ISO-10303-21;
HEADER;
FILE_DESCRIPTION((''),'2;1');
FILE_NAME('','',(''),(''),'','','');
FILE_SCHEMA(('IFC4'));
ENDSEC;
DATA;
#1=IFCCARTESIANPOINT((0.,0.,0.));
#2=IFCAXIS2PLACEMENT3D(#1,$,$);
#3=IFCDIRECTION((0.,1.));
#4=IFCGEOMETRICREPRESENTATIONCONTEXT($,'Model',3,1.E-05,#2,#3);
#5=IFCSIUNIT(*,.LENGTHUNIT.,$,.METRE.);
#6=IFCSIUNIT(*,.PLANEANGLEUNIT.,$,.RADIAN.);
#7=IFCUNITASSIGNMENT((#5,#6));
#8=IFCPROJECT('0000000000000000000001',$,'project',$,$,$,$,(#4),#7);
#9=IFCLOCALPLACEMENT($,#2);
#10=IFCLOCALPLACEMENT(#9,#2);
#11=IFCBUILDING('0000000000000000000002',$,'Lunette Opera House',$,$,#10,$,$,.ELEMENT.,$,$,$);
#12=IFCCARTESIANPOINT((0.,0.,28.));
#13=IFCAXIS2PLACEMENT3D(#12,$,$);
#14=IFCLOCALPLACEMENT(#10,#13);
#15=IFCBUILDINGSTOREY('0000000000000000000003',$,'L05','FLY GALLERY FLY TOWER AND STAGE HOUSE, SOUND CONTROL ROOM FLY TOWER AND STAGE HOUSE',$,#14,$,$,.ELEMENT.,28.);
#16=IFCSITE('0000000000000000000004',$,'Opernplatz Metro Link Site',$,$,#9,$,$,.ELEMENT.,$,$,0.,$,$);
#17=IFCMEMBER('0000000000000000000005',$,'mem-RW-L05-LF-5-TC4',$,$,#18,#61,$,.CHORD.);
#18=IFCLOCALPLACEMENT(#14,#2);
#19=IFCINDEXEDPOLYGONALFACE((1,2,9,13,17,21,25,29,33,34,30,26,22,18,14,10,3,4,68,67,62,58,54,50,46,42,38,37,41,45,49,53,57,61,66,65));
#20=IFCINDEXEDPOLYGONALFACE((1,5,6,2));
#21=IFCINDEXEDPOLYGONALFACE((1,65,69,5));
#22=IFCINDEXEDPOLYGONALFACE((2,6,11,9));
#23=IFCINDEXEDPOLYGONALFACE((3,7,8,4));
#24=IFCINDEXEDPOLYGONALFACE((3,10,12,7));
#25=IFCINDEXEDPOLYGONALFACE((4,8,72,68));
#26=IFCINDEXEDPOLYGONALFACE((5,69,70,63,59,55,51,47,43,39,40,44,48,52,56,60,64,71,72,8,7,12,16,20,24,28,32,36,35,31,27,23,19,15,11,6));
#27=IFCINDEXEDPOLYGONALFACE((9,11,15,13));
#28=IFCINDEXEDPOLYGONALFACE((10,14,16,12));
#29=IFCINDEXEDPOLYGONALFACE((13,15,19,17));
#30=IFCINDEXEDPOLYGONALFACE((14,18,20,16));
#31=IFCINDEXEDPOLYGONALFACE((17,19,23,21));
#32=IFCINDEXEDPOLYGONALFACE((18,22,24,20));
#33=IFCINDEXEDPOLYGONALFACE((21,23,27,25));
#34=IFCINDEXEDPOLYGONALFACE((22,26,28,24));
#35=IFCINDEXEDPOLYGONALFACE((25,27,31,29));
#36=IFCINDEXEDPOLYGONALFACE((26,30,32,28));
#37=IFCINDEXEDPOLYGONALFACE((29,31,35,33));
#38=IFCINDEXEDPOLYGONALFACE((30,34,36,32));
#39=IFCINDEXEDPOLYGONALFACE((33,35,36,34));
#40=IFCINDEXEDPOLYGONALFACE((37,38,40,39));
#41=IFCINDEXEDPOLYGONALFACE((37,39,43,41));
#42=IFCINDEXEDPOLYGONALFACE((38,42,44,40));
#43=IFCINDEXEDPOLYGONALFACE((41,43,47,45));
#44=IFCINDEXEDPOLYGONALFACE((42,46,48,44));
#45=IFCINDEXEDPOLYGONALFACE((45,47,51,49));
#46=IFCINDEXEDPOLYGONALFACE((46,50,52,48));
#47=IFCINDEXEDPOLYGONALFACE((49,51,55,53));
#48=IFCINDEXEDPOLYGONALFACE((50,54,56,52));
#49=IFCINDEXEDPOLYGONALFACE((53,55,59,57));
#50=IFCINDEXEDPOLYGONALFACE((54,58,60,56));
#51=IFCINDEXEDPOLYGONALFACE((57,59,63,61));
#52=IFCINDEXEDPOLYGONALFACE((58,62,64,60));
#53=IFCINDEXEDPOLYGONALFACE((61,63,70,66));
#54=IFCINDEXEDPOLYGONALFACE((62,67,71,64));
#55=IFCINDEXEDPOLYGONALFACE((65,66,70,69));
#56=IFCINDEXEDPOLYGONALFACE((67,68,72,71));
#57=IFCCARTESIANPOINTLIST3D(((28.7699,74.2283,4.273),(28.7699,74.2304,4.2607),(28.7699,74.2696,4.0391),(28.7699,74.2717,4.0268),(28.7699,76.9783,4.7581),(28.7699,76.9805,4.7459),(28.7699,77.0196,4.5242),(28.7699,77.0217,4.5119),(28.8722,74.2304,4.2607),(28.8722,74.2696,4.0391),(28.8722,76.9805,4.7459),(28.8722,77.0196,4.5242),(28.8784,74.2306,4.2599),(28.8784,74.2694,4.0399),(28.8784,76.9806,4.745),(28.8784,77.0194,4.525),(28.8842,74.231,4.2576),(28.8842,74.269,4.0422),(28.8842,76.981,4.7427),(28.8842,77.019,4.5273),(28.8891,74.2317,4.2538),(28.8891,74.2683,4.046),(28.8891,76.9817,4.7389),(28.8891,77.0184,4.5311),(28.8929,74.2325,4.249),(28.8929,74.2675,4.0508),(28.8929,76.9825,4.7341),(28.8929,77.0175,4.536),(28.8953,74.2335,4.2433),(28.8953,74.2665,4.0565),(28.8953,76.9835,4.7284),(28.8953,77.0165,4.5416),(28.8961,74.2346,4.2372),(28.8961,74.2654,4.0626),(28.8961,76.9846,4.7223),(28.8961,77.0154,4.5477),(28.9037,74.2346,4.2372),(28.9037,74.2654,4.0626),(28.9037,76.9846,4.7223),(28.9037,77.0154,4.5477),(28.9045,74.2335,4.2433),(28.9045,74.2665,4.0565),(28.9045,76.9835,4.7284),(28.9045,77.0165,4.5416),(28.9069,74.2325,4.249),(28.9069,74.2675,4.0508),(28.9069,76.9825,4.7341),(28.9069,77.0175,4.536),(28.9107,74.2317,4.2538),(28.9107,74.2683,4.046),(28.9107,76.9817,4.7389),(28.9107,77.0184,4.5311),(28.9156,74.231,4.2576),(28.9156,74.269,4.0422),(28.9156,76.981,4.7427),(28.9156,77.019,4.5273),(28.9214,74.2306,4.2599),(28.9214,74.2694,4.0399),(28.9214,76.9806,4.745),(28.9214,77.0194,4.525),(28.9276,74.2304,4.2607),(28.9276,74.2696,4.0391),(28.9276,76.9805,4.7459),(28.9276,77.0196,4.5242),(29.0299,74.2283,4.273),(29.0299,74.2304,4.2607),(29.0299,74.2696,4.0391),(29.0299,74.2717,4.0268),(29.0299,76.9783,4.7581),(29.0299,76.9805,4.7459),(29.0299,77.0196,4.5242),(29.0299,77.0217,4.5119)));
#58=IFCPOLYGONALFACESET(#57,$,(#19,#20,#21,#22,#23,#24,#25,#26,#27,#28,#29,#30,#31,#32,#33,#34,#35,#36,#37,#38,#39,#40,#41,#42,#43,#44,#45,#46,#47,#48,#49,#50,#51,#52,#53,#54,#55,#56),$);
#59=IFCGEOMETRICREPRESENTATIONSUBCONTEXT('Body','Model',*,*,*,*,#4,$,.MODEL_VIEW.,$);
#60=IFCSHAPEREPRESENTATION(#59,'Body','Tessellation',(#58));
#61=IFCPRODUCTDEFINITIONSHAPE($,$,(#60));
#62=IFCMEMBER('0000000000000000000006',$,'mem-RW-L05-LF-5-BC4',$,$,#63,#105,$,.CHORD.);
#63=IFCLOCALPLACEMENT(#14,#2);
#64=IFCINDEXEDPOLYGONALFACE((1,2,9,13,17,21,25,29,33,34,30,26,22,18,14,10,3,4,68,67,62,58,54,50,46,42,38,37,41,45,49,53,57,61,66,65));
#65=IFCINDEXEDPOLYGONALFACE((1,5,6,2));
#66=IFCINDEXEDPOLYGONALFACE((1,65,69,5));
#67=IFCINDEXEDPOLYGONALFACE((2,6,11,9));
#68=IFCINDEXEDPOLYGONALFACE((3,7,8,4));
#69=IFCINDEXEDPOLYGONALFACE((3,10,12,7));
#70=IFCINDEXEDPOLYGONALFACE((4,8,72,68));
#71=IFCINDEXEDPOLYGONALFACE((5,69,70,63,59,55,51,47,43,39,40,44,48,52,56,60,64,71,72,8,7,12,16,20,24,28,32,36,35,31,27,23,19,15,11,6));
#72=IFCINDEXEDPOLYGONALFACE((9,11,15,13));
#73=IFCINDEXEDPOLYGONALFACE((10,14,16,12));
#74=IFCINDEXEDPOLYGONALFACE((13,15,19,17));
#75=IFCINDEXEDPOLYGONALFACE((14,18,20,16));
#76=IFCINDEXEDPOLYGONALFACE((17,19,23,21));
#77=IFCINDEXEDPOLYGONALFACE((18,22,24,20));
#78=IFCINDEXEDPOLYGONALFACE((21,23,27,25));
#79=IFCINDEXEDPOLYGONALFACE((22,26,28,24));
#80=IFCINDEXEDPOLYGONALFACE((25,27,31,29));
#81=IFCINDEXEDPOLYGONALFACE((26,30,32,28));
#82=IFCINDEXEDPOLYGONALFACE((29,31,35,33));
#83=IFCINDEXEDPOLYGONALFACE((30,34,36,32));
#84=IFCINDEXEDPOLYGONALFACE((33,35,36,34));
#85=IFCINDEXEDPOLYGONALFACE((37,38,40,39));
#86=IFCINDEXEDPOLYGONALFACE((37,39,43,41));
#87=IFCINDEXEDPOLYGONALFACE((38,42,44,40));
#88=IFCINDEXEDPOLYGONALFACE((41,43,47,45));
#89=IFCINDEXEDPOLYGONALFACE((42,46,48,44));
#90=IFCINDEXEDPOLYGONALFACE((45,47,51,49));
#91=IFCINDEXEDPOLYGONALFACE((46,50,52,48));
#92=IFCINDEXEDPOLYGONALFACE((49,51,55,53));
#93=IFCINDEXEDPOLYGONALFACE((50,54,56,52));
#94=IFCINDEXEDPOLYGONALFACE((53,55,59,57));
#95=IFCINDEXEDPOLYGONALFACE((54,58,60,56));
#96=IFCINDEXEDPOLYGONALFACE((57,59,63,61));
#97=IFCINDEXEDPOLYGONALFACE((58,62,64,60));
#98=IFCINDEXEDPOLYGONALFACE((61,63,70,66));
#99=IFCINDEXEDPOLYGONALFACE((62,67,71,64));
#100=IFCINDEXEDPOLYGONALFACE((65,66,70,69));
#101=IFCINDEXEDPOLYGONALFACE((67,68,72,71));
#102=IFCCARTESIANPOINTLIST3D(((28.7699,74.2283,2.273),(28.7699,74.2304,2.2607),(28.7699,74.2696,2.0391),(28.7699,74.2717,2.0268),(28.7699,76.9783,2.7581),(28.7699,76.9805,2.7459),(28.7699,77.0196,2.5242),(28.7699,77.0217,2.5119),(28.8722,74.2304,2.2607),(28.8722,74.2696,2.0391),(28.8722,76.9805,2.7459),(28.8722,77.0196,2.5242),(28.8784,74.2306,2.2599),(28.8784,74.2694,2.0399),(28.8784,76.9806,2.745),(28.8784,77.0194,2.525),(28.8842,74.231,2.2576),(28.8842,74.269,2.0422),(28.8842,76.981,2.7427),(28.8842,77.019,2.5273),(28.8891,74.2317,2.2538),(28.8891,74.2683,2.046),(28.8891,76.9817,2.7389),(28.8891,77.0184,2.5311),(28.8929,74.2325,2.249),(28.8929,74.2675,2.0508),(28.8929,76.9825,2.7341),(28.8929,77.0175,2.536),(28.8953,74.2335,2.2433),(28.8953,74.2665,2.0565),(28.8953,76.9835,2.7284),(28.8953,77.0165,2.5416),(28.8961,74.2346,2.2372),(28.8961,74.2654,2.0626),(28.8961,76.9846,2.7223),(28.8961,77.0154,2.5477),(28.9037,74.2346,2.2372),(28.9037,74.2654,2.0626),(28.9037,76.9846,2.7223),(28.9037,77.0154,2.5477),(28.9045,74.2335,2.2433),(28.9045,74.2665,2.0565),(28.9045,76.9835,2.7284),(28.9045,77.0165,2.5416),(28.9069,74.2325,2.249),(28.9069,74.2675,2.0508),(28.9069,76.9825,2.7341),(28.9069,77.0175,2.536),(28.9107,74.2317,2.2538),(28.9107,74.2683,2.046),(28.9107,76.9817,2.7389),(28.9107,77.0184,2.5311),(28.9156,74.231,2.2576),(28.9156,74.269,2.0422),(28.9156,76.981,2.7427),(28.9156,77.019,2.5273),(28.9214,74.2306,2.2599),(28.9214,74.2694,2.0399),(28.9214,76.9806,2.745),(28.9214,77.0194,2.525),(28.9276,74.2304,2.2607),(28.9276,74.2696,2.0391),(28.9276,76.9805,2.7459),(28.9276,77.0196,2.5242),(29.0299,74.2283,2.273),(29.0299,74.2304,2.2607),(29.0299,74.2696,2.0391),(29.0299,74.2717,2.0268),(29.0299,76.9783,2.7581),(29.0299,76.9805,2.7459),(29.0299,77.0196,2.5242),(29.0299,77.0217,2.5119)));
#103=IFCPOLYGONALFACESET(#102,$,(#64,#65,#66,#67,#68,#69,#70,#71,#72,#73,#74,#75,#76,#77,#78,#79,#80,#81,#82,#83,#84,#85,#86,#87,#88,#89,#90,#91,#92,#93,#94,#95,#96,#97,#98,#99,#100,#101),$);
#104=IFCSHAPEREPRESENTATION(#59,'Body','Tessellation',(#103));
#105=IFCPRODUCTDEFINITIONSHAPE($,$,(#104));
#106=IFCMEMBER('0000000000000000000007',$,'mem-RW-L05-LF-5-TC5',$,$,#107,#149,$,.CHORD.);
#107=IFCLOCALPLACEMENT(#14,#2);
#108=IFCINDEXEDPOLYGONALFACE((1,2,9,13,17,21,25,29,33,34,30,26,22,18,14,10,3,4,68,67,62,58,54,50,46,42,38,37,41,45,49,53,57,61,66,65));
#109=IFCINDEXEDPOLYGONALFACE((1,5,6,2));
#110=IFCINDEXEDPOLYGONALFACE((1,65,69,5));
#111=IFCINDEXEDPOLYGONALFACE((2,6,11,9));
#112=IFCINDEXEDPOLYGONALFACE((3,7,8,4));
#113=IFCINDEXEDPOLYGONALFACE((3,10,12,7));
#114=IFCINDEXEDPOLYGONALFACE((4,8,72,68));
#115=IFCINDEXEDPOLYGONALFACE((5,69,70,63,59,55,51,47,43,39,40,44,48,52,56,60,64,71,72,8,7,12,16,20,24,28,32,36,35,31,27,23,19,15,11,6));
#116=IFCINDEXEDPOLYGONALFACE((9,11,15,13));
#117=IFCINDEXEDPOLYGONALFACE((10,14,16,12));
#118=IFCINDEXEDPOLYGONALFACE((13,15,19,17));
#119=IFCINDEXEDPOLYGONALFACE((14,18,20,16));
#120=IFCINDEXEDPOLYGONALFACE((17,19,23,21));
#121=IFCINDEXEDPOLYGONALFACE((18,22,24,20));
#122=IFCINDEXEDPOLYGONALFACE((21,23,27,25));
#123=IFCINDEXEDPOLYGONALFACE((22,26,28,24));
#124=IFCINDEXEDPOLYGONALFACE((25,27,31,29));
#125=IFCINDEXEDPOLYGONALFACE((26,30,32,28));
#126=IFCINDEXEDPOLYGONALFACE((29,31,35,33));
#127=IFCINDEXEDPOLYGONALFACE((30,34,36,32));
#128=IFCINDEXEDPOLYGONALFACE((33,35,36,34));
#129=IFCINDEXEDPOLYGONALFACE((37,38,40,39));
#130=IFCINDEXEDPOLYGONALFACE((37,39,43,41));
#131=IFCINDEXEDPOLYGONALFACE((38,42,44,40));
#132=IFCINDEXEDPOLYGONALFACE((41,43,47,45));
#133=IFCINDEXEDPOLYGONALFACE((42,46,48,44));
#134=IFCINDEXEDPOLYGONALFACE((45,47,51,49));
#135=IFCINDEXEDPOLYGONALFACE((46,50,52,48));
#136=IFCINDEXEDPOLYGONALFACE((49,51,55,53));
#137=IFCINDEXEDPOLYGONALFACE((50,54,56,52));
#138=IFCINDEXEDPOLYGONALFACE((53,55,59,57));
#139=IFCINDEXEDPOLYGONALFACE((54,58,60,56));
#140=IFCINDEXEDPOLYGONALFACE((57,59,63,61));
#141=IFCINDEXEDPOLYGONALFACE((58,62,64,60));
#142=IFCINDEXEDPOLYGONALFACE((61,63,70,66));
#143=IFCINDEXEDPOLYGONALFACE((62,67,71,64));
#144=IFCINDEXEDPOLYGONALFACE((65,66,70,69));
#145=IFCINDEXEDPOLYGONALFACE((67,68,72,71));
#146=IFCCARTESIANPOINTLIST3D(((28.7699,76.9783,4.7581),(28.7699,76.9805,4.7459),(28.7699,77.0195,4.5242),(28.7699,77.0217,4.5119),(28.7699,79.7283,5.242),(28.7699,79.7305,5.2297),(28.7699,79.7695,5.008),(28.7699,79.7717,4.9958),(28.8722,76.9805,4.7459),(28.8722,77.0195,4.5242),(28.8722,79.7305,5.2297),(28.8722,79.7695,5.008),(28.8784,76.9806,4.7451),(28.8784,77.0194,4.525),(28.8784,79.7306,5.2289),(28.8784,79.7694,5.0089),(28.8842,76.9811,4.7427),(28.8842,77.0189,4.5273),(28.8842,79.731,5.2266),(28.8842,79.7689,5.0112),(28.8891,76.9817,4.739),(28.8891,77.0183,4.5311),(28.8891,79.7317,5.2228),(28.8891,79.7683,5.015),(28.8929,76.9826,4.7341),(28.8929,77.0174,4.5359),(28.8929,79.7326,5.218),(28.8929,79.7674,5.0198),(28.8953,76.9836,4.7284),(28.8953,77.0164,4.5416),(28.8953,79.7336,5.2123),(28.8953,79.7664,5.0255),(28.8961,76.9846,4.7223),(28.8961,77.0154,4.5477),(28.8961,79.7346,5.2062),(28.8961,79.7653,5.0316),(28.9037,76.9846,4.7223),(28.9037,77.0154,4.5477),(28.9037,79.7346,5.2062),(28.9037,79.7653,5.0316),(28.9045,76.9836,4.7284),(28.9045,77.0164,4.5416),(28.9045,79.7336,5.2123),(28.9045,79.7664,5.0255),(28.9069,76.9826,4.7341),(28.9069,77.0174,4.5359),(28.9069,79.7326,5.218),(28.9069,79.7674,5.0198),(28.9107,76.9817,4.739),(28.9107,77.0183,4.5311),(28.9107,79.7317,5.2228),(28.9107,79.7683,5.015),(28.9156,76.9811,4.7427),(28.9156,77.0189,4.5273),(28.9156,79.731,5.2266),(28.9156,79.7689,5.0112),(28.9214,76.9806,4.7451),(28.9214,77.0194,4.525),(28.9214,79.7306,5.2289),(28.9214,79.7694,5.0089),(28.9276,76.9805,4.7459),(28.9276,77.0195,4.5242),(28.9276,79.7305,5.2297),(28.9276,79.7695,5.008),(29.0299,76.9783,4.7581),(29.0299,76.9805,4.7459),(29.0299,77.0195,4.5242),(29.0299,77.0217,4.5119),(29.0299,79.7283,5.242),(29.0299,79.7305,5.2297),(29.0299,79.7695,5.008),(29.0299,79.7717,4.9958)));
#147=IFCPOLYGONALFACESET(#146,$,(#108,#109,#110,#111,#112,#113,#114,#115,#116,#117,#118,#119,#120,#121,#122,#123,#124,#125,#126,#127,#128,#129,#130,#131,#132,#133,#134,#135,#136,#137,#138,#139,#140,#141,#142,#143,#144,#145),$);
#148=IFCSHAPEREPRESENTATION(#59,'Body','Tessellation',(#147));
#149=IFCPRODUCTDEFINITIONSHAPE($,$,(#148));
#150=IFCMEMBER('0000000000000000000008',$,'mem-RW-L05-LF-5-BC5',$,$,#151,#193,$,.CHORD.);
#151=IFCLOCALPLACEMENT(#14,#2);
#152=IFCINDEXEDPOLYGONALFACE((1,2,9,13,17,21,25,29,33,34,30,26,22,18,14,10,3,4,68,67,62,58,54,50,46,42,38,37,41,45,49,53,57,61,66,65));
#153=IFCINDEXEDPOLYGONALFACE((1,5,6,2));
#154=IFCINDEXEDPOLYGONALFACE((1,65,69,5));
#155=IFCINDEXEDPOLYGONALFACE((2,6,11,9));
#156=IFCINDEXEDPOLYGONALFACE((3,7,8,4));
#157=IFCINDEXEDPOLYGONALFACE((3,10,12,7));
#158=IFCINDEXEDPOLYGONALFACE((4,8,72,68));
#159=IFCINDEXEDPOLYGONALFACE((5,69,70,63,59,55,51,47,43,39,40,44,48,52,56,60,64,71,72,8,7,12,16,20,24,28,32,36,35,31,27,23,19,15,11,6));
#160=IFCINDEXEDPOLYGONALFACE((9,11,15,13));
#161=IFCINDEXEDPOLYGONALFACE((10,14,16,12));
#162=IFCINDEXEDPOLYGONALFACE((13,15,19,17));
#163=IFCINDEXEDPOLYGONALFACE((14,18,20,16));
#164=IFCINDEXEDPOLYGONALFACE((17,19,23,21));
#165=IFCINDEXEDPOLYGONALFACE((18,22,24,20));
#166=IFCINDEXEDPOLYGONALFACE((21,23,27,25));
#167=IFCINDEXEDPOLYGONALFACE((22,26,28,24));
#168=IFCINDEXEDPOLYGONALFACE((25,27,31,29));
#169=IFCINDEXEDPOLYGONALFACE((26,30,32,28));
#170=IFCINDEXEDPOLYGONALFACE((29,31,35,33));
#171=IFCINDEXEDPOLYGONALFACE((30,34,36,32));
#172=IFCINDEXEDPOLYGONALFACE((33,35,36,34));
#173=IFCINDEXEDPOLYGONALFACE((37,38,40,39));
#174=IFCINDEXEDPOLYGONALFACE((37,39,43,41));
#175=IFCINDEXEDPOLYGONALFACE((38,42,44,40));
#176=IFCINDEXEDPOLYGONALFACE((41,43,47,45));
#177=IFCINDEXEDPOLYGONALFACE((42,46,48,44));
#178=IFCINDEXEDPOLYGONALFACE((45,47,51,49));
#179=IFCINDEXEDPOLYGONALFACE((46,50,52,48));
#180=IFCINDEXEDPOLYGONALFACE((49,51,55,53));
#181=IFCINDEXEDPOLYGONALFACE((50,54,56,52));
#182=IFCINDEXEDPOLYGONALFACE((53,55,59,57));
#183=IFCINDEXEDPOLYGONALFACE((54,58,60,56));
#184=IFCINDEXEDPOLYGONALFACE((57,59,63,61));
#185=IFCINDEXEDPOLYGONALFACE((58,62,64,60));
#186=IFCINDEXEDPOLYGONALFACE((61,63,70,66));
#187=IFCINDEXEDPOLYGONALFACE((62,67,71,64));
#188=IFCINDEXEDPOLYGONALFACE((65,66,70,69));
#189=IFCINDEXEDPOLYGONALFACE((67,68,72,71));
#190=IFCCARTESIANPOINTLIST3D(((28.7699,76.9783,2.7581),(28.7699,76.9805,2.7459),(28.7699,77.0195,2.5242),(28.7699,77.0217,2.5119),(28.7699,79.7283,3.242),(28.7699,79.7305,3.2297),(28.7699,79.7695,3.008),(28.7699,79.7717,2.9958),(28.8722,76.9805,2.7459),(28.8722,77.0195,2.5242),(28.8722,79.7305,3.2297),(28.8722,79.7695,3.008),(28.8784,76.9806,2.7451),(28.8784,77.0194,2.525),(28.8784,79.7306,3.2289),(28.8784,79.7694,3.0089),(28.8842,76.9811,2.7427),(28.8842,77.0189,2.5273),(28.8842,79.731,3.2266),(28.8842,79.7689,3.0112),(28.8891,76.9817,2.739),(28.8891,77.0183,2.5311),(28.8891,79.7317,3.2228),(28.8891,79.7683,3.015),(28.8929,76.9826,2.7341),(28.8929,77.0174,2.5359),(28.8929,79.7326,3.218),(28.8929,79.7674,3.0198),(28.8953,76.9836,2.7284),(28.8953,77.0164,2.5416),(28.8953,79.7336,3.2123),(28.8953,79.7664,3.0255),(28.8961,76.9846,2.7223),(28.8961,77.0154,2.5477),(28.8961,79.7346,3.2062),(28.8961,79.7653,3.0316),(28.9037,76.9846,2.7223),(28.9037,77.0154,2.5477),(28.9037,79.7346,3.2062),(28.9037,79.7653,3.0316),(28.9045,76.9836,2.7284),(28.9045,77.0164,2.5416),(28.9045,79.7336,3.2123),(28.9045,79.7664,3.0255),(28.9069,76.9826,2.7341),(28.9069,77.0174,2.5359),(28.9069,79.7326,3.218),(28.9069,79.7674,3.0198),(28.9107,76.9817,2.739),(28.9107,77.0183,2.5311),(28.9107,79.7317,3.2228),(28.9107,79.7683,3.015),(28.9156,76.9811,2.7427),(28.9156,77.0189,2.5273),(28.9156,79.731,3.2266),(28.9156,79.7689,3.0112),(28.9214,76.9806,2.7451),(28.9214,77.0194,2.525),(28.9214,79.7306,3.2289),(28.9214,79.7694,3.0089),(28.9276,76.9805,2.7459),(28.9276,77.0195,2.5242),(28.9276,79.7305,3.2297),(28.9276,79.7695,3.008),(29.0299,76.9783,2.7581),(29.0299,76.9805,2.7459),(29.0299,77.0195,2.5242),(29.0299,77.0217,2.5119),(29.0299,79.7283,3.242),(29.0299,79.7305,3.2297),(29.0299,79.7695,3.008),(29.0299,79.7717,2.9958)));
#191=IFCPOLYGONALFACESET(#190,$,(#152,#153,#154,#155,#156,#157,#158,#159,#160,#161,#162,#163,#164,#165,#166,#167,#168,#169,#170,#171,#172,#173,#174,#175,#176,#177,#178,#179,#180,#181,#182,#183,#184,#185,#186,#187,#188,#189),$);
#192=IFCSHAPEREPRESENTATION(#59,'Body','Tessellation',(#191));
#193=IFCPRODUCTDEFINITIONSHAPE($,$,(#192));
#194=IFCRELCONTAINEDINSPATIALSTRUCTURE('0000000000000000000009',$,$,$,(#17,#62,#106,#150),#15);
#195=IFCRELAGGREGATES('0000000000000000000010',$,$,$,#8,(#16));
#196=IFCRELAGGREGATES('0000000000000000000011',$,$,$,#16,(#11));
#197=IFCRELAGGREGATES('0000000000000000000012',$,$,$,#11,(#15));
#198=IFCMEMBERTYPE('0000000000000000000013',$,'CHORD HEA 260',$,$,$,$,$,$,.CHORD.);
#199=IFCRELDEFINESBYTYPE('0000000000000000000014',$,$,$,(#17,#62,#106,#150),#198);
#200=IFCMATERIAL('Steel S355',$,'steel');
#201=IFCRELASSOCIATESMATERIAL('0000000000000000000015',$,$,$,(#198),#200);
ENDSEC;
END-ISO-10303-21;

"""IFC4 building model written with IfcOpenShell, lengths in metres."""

from ifc_helpers import new_model, si_unit, direction, frame, origin, origin_2d, place, context, subcontext, project, spatial, i_section, extrude, material, material_profile, profile_set, type_object, element, save


model = new_model("IFC4")

# Units and contexts
model_context = context("Model", 3, precision=1e-05, world=origin(), true_north=direction((0.0, 1.0)))
body_context = subcontext(model_context, "Body", "Model", "MODEL_VIEW")
ifc_project = project(units=[si_unit("LENGTHUNIT", "METRE"), si_unit("PLANEANGLEUNIT", "RADIAN")], contexts=[model_context])

# Site, building, storey
site_placement = place(None, origin())
site = spatial("IfcSite", under=ifc_project, at=site_placement, Name="Opernplatz Metro Link Site", CompositionType="ELEMENT", RefElevation=0.0)
building_placement = place(site_placement, origin())
building = spatial("IfcBuilding", under=site, at=building_placement, Name="Lunette Opera House", CompositionType="ELEMENT")
storey_placement = place(building_placement, frame((0.0, 0.0, 28.0)))
storey = spatial("IfcBuildingStorey", under=building, at=storey_placement, Name="L05", Description="FLY GALLERY FLY TOWER AND STAGE HOUSE, SOUND CONTROL ROOM FLY TOWER AND STAGE HOUSE", CompositionType="ELEMENT", Elevation=28.0)

# Members
ifc_material_1 = material(Name="Steel S355", Category="steel")
ifc_material_profile_1 = material_profile(ifc_material_1, i_section(OverallWidth=0.26, OverallDepth=0.25, WebThickness=0.0076, FlangeThickness=0.0125, FilletRadius=0.0239, at=origin_2d()), Name="HEA 260")
ifc_profile_set_1 = profile_set([ifc_material_profile_1], Name="Steel S355")
member_type_1 = type_object("IfcMemberType", Name="CHORD HEA 260", PredefinedType="CHORD", material=ifc_profile_set_1)
for number, where, z_axis, x_axis, name in (
    (1, (28.8999, 74.25, 4.1499), (0.0, 0.984795, 0.17372), (-1.0, 0.0, 0.0), "mem-RW-L05-LF-5-TC4"),
    (2, (28.8999, 74.25, 2.1499), (0.0, 0.984795, 0.17372), (-1.0, 0.0, 0.0), "mem-RW-L05-LF-5-BC4"),
):
    element("IfcMember", number, at=place(storey_placement, frame(where, z_axis=z_axis, x_axis=x_axis)), inside=storey, type_object=member_type_1, Name=name, PredefinedType="CHORD", context=body_context, shape_type="SweptSolid", body=[
        extrude(i_section(OverallWidth=0.26, OverallDepth=0.25, WebThickness=0.0076, FlangeThickness=0.0125, FilletRadius=0.0239, at=origin_2d()), origin(), (0.0, 0.0, 1.0), 2.7925),
    ])
for number, where, z_axis, x_axis, name in (
    (3, (28.8999, 77.0, 4.635), (0.0, 0.98487, 0.173296), (-1.0, 0.0, 0.0), "mem-RW-L05-LF-5-TC5"),
    (4, (28.8999, 77.0, 2.635), (0.0, 0.98487, 0.173296), (-1.0, 0.0, 0.0), "mem-RW-L05-LF-5-BC5"),
):
    element("IfcMember", number, at=place(storey_placement, frame(where, z_axis=z_axis, x_axis=x_axis)), inside=storey, type_object=member_type_1, Name=name, PredefinedType="CHORD", context=body_context, shape_type="SweptSolid", body=[
        extrude(i_section(OverallWidth=0.26, OverallDepth=0.25, WebThickness=0.0076, FlangeThickness=0.0125, FilletRadius=0.0239, at=origin_2d()), origin(), (0.0, 0.0, 1.0), 2.7922),
    ])

save(model, "model.ifc")
